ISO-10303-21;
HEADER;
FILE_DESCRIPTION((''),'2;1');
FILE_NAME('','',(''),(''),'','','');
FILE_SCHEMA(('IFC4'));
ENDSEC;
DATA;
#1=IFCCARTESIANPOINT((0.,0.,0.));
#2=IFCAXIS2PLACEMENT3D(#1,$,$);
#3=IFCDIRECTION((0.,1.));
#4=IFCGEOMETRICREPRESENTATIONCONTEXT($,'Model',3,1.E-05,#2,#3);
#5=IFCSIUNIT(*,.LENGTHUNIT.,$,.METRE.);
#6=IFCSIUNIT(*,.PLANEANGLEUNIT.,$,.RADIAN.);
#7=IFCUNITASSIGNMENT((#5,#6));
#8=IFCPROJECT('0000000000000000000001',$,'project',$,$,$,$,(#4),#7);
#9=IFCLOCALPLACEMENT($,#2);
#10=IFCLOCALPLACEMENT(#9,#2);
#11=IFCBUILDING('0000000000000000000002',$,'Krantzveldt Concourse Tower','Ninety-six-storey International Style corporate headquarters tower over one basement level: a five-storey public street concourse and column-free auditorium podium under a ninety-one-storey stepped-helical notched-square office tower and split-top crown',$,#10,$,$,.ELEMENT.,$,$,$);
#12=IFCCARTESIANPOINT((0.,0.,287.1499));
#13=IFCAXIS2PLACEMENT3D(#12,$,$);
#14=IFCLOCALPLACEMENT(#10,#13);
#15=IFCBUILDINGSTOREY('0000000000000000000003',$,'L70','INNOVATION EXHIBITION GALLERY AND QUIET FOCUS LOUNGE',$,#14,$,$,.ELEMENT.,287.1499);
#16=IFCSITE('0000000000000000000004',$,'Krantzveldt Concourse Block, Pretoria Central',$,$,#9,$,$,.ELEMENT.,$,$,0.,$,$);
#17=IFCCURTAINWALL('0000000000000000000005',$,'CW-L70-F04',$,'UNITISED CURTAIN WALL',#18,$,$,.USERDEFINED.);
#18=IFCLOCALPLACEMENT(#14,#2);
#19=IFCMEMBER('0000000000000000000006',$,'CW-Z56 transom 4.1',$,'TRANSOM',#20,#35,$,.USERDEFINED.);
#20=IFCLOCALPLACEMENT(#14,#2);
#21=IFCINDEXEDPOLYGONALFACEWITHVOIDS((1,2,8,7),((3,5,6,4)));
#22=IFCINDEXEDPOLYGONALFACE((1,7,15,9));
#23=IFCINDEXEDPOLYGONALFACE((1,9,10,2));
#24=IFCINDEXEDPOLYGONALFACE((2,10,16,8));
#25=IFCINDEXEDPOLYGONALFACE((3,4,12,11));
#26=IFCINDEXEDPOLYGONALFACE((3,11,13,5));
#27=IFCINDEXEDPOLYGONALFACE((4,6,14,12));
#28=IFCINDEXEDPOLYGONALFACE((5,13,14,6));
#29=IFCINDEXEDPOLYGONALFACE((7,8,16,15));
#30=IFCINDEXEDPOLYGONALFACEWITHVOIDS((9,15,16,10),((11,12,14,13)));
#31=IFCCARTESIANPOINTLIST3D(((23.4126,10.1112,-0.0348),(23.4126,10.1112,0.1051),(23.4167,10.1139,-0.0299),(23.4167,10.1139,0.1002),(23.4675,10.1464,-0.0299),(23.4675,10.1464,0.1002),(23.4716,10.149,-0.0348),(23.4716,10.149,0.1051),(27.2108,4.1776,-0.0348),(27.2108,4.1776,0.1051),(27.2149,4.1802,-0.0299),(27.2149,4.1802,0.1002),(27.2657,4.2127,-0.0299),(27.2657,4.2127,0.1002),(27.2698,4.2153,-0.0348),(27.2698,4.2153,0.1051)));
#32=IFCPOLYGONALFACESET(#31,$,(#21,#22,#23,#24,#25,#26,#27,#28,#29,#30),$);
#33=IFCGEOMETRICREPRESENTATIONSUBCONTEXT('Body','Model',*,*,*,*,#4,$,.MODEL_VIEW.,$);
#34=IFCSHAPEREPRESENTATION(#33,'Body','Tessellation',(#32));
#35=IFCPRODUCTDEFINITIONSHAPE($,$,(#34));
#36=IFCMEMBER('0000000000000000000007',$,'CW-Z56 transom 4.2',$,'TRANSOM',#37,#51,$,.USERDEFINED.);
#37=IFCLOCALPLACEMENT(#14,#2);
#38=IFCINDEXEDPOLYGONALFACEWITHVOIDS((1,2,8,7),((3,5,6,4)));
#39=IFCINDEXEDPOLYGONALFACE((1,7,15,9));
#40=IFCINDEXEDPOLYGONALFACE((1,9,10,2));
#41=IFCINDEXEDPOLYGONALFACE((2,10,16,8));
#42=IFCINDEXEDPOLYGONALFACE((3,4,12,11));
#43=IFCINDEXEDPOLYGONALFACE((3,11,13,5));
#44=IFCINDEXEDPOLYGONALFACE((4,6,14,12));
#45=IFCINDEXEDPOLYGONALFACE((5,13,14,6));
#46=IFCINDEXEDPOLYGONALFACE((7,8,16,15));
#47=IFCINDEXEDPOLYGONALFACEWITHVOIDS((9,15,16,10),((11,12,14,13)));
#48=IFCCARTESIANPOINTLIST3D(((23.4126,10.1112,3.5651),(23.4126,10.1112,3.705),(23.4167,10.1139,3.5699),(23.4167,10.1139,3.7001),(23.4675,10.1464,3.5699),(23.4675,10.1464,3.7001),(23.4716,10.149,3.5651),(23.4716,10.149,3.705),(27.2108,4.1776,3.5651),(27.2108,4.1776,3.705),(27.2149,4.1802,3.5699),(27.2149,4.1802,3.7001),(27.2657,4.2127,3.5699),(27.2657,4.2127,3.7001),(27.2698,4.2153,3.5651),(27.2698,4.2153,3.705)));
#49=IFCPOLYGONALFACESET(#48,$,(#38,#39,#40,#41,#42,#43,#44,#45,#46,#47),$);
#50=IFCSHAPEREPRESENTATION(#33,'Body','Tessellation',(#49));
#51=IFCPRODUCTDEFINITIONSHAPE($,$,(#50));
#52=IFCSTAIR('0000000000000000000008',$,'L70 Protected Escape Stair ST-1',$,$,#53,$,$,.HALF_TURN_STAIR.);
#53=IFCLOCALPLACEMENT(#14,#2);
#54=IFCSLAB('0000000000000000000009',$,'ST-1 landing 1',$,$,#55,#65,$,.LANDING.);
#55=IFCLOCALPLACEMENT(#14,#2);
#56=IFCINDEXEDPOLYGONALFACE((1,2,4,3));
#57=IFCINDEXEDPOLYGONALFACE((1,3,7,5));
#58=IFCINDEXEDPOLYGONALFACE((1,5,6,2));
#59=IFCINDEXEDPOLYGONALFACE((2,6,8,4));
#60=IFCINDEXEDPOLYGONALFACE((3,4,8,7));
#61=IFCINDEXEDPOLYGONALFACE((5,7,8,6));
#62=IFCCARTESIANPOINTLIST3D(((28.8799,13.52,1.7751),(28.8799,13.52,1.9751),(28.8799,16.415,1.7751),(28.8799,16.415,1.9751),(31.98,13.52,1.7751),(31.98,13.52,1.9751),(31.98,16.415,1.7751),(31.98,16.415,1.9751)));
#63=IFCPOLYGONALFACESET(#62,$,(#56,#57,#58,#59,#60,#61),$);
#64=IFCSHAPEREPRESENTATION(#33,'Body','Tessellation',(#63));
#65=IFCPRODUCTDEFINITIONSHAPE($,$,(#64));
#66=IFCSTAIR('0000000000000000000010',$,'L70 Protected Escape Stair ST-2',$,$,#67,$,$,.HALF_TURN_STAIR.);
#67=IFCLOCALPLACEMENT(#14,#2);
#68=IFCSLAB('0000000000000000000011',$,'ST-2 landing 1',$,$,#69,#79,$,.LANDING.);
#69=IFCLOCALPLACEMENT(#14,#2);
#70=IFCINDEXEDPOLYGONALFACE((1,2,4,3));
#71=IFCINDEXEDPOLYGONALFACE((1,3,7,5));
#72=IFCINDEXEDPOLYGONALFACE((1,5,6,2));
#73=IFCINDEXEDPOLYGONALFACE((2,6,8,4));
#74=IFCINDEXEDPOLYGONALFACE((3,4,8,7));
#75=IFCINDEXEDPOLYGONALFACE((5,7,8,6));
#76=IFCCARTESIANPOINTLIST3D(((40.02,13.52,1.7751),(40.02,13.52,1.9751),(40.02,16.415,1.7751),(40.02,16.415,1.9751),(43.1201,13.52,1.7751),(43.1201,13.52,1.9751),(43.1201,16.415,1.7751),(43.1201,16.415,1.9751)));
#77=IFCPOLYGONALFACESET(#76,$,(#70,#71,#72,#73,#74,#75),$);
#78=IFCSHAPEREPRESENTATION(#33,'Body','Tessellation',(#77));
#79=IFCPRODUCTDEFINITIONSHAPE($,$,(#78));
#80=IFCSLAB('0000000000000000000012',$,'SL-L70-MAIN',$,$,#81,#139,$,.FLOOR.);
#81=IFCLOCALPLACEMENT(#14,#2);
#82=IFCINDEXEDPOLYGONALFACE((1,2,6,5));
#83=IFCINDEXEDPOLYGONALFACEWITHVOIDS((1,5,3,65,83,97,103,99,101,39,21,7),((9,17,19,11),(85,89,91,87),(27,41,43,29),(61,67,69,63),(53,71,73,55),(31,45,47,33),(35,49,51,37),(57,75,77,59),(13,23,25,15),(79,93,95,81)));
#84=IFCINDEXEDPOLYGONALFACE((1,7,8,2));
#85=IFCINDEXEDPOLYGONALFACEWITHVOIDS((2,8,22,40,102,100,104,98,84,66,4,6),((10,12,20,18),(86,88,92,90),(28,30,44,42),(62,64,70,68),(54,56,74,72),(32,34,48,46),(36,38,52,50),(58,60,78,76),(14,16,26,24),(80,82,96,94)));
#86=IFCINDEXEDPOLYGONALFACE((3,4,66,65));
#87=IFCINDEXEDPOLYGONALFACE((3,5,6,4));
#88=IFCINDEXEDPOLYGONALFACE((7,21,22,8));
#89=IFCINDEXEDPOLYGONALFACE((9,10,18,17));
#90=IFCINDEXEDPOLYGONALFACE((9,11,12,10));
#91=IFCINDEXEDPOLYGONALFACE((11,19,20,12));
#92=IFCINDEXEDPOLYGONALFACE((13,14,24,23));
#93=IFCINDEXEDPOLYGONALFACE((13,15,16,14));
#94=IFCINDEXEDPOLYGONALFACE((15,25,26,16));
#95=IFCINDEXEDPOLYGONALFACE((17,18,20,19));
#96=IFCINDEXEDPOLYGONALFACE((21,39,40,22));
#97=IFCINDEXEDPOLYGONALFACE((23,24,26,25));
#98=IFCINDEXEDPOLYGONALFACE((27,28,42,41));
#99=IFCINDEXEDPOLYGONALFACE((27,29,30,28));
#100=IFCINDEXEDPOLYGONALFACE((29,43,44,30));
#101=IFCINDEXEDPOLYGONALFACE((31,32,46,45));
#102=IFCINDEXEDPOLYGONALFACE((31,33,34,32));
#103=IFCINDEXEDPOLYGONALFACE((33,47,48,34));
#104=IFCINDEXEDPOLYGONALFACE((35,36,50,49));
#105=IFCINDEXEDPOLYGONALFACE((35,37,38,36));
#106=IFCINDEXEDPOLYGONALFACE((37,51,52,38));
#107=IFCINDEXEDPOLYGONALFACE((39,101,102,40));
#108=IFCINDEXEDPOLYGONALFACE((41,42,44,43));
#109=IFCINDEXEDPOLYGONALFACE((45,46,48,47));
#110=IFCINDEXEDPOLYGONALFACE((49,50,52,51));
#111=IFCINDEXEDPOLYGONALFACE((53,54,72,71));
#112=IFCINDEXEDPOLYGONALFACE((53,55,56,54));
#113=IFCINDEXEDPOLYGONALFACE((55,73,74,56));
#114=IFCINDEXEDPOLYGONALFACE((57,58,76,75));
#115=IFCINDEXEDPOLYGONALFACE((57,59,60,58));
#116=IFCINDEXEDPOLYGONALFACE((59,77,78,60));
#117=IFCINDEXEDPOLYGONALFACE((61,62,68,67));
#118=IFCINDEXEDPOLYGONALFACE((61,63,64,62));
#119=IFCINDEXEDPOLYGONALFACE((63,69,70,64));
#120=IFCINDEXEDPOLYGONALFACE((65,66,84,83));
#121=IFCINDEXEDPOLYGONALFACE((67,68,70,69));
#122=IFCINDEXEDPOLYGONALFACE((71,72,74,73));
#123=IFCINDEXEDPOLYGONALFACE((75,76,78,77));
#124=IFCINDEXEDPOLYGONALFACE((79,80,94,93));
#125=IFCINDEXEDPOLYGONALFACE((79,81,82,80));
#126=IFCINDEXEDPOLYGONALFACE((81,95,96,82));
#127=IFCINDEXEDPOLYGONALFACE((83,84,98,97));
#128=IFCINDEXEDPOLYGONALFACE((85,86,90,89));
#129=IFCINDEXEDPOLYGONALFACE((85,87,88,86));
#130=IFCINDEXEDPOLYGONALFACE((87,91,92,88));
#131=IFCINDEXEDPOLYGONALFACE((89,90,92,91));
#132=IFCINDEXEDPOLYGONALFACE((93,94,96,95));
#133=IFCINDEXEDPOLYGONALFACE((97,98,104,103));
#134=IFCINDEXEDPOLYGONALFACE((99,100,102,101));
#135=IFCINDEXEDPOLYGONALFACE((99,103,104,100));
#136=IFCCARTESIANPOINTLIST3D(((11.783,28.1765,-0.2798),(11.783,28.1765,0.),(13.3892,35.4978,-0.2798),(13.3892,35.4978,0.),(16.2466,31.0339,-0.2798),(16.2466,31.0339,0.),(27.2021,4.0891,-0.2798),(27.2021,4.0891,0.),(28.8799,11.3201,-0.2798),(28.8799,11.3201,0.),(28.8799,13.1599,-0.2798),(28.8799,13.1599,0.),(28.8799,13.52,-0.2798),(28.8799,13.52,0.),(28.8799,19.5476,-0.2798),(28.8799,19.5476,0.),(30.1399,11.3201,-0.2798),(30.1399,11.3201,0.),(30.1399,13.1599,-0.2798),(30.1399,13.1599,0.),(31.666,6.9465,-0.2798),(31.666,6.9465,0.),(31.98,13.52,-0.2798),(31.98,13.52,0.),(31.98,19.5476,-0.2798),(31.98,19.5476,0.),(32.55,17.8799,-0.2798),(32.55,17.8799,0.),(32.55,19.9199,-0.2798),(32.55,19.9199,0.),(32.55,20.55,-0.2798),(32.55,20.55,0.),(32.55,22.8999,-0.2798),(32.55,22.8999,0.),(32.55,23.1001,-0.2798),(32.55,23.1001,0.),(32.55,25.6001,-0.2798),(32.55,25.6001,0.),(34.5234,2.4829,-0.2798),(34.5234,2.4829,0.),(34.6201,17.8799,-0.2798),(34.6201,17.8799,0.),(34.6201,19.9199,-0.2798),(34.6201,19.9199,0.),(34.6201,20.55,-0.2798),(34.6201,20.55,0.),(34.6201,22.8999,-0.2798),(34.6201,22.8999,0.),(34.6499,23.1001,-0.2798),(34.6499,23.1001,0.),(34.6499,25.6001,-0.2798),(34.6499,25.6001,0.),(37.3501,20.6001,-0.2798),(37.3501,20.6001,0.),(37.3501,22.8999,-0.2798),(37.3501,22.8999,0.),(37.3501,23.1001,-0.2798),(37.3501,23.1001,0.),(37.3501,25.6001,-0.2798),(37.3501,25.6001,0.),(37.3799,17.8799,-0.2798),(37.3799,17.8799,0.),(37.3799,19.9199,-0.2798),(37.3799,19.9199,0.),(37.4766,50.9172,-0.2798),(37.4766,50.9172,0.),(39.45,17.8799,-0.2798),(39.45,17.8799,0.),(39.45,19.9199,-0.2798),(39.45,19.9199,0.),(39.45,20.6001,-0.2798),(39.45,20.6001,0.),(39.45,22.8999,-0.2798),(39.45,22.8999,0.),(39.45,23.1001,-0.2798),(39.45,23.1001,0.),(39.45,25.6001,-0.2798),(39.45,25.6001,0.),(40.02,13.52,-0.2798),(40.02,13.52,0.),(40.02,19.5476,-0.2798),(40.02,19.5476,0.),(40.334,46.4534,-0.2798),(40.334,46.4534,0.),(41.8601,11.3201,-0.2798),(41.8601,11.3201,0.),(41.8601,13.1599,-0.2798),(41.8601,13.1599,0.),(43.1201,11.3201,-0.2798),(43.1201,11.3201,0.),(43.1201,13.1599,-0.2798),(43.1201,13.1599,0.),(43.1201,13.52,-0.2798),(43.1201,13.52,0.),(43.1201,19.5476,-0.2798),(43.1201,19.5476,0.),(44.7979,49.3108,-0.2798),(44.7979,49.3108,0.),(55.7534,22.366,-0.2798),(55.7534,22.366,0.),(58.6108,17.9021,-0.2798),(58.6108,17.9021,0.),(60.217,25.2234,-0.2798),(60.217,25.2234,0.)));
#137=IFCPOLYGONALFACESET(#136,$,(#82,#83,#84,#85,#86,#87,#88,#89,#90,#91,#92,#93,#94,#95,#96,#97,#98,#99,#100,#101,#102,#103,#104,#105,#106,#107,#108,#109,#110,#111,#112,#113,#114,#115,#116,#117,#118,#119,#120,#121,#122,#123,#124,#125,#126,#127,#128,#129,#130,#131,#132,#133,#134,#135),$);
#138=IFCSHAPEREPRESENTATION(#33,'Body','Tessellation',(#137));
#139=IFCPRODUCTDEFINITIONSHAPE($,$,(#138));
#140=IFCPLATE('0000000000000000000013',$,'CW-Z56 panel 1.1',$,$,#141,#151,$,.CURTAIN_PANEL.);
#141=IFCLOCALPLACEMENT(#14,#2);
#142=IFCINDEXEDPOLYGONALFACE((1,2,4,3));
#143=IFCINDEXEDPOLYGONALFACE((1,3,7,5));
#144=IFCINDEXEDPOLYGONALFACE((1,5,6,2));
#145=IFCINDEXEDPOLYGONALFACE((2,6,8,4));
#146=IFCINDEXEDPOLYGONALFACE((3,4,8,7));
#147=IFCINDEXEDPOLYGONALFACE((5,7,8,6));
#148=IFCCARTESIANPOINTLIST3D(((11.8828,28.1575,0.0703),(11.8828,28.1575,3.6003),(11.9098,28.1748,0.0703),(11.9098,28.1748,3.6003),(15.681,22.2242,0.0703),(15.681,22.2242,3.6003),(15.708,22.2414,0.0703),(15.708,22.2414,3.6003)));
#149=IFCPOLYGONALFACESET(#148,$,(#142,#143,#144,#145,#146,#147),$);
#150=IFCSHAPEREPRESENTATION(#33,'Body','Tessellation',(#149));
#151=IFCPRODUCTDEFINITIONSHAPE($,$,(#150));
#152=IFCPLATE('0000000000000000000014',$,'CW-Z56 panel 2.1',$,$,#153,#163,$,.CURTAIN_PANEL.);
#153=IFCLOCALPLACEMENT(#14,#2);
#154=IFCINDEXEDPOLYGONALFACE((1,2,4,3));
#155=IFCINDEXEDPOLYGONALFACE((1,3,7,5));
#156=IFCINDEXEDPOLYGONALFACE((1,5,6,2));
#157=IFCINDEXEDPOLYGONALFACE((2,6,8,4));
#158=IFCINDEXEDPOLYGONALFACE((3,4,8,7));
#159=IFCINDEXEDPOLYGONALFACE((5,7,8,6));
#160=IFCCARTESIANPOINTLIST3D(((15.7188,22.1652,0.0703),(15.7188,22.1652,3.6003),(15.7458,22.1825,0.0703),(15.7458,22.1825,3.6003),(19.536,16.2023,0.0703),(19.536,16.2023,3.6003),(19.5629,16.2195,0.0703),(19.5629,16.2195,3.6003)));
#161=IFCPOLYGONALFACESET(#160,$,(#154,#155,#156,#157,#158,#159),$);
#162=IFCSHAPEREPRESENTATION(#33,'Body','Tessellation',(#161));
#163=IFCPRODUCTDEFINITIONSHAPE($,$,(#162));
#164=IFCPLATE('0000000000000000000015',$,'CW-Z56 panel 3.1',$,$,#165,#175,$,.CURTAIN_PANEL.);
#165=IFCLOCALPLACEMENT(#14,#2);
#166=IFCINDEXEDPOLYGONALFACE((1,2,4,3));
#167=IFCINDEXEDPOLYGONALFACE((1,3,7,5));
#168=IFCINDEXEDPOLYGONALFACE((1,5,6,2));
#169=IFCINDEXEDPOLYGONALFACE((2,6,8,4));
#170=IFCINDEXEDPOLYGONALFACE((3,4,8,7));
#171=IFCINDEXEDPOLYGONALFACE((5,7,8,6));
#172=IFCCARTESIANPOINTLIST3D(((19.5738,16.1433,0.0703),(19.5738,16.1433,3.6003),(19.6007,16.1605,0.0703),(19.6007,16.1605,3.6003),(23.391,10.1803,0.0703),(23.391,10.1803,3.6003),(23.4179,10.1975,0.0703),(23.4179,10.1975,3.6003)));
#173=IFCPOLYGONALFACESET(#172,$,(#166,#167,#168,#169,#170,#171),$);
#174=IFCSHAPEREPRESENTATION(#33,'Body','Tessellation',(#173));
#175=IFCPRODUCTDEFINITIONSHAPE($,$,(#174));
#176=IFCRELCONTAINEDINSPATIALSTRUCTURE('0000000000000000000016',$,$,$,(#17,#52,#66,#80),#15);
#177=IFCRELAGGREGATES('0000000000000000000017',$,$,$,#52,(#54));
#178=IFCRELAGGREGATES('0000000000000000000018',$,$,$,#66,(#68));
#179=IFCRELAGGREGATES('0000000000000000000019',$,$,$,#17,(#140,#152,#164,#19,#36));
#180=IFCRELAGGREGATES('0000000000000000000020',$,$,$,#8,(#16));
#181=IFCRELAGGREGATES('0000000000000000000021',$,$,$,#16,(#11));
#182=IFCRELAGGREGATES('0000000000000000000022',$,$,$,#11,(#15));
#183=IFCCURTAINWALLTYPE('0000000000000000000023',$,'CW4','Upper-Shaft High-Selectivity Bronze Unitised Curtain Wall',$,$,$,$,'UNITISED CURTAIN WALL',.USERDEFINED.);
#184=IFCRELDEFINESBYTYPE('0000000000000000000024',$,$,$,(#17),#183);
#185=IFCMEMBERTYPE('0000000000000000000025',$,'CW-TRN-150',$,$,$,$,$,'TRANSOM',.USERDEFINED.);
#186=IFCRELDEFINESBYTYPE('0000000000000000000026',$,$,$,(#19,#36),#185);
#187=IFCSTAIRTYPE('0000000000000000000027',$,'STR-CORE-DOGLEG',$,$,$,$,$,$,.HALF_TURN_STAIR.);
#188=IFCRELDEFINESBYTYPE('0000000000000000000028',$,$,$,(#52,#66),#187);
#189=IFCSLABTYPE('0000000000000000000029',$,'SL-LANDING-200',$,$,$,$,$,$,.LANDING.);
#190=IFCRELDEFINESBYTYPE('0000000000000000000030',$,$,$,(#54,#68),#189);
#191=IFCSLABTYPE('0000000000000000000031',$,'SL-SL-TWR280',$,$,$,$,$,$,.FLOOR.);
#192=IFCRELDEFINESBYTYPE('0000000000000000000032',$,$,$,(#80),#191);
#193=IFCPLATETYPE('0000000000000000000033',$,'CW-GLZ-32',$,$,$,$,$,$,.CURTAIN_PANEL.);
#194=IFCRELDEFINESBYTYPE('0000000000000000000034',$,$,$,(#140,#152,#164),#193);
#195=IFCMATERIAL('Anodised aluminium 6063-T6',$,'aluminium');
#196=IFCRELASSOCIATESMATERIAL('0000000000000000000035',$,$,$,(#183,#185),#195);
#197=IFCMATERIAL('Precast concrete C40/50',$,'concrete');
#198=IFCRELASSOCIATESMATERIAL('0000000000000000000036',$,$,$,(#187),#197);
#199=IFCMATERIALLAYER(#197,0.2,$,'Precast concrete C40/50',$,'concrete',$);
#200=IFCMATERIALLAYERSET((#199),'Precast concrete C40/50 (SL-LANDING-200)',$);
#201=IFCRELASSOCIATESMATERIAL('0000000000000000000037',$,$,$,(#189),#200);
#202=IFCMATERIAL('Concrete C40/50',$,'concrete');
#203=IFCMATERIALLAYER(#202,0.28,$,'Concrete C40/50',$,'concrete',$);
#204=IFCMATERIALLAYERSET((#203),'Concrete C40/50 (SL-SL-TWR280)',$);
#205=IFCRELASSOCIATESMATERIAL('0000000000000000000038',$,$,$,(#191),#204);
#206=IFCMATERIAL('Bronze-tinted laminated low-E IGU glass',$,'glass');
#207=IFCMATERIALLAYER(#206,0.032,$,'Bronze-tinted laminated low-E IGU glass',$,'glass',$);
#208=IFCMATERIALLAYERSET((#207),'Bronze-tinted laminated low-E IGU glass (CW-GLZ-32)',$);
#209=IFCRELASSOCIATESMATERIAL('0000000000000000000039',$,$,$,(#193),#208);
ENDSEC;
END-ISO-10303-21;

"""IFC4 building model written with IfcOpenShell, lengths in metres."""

from ifc_helpers import new_model, si_unit, direction, frame, origin, origin_2d, place, context, subcontext, project, spatial, polyline, rectangle, hollow_rectangle, outline, extrude, source, transform, mapped, material, layer, layer_set, material_profile, profile_set, type_object, type_shapes, element, aggregate, save


model = new_model("IFC4")

# Units and contexts
model_context = context("Model", 3, precision=1e-05, world=origin(), true_north=direction((0.0, 1.0)))
body_context = subcontext(model_context, "Body", "Model", "MODEL_VIEW")
ifc_project = project(units=[si_unit("LENGTHUNIT", "METRE"), si_unit("PLANEANGLEUNIT", "RADIAN")], contexts=[model_context])

# Site, building, storey
site_placement = place(None, origin())
site = spatial("IfcSite", under=ifc_project, at=site_placement, Name="Krantzveldt Concourse Block, Pretoria Central", CompositionType="ELEMENT", RefElevation=0.0)
building_placement = place(site_placement, origin())
building = spatial("IfcBuilding", under=site, at=building_placement, Name="Krantzveldt Concourse Tower", Description="Ninety-six-storey International Style corporate headquarters tower over one basement level: a five-storey public street concourse and column-free auditorium podium under a ninety-one-storey stepped-helical notched-square office tower and split-top crown", CompositionType="ELEMENT")
storey_placement = place(building_placement, frame((0.0, 0.0, 287.1499)))
storey = spatial("IfcBuildingStorey", under=building, at=storey_placement, Name="L70", Description="INNOVATION EXHIBITION GALLERY AND QUIET FOCUS LOUNGE", CompositionType="ELEMENT", Elevation=287.1499)

# Curtain wall, members
ifc_material_1 = material(Name="Anodised aluminium 6063-T6", Category="aluminium")
curtain_wall_type = type_object("IfcCurtainWallType", Name="CW4", Description="Upper-Shaft High-Selectivity Bronze Unitised Curtain Wall", ElementType="UNITISED CURTAIN WALL", PredefinedType="USERDEFINED", material=ifc_material_1)
curtain_wall_placement = place(storey_placement, origin())
curtain_wall = element("IfcCurtainWall", 1, at=curtain_wall_placement, inside=storey, type_object=curtain_wall_type, Name="CW-L70-F04", ObjectType="UNITISED CURTAIN WALL", PredefinedType="USERDEFINED")
ifc_material_profile_1 = material_profile(ifc_material_1, hollow_rectangle(XDim=0.0701, YDim=0.1399, WallThickness=0.0049, at=origin_2d()), Name="Anodised aluminium 6063-T6", Category="aluminium")
ifc_profile_set_1 = profile_set([ifc_material_profile_1], Name="Anodised aluminium 6063-T6 - ALU-TRAN 140x70x5")
member_type_1 = type_object("IfcMemberType", Name="CW-TRN-150", ElementType="TRANSOM", PredefinedType="USERDEFINED", material=ifc_profile_set_1)
shared_shape_1 = source(origin(), body_context, "Body", "SweptSolid", [
    extrude(hollow_rectangle(XDim=0.0701, YDim=0.1399, WallThickness=0.0049, at=origin_2d()), origin(), (0.0, 0.0, 1.0), 7.0452),
])
member_1_placement = place(storey_placement, frame((23.4421, 10.1301, 0.0352), z_axis=(0.539114, -0.842233, 0.0), x_axis=(0.842233, 0.539114, 0.0)))
member_1 = element("IfcMember", 2, at=member_1_placement, type_object=member_type_1, Name="CW-Z56 transom 4.1", ObjectType="TRANSOM", PredefinedType="USERDEFINED", context=body_context, shape_type="MappedRepresentation", body=[
    mapped(shared_shape_1, transform((0.0, 0.0, 0.0), x_axis=(1.0, 0.0, 0.0), y_axis=(0.0, 1.0, 0.0), z_axis=(0.0, 0.0, 1.0), scale=1.0)),
])
member_2_placement = place(storey_placement, frame((23.4421, 10.1301, 3.635), z_axis=(0.539114, -0.842233, 0.0), x_axis=(0.842233, 0.539114, 0.0)))
member_2 = element("IfcMember", 3, at=member_2_placement, type_object=member_type_1, Name="CW-Z56 transom 4.2", ObjectType="TRANSOM", PredefinedType="USERDEFINED", context=body_context, shape_type="MappedRepresentation", body=[
    mapped(shared_shape_1, transform((0.0, 0.0, 0.0), x_axis=(1.0, 0.0, 0.0), y_axis=(0.0, 1.0, 0.0), z_axis=(0.0, 0.0, 1.0), scale=1.0)),
])

# Stairs, slabs
ifc_material_2 = material(Name="Precast concrete C40/50", Category="concrete")
stair_type = type_object("IfcStairType", Name="STR-CORE-DOGLEG", PredefinedType="HALF_TURN_STAIR", material=ifc_material_2)
stair_1_placement = place(storey_placement, origin())
stair_1 = element("IfcStair", 4, at=stair_1_placement, inside=storey, type_object=stair_type, Name="L70 Protected Escape Stair ST-1", PredefinedType="HALF_TURN_STAIR")
ifc_layer_1 = layer(ifc_material_2, 0.2, Name="Precast concrete C40/50", Category="concrete")
ifc_layer_set_1 = layer_set([ifc_layer_1], Name="Precast concrete C40/50 (SL-LANDING-200)")
slab_type_1 = type_object("IfcSlabType", Name="SL-LANDING-200", PredefinedType="LANDING", material=ifc_layer_set_1)
slab_1_placement = place(storey_placement, frame((0.0, 0.0, 1.7751)))
slab_1 = element("IfcSlab", 5, at=slab_1_placement, type_object=slab_type_1, Name="ST-1 landing 1", PredefinedType="LANDING", context=body_context, shape_type="SweptSolid", body=[
    extrude(outline(polyline([(28.8799, 16.415), (28.8799, 13.52), (31.98, 13.52), (31.98, 16.415), (28.8799, 16.415)])), origin(), (0.0, 0.0, 1.0), 0.2),
])
aggregate(stair_1, [slab_1])
stair_2_placement = place(storey_placement, origin())
stair_2 = element("IfcStair", 6, at=stair_2_placement, inside=storey, type_object=stair_type, Name="L70 Protected Escape Stair ST-2", PredefinedType="HALF_TURN_STAIR")
slab_2_placement = place(storey_placement, frame((0.0, 0.0, 1.7751)))
slab_2 = element("IfcSlab", 7, at=slab_2_placement, type_object=slab_type_1, Name="ST-2 landing 1", PredefinedType="LANDING", context=body_context, shape_type="SweptSolid", body=[
    extrude(outline(polyline([(40.02, 16.415), (40.02, 13.52), (43.1201, 13.52), (43.1201, 16.415), (40.02, 16.415)])), origin(), (0.0, 0.0, 1.0), 0.2),
])
aggregate(stair_2, [slab_2])

# Slab
ifc_material_3 = material(Name="Concrete C40/50", Category="concrete")
ifc_layer_2 = layer(ifc_material_3, 0.28, Name="Concrete C40/50", Category="concrete")
ifc_layer_set_2 = layer_set([ifc_layer_2], Name="Concrete C40/50 (SL-SL-TWR280)")
slab_type_2 = type_object("IfcSlabType", Name="SL-SL-TWR280", PredefinedType="FLOOR", material=ifc_layer_set_2)
slab_3_placement = place(storey_placement, frame((0.0, 0.0, -0.2798)))
element("IfcSlab", 8, at=slab_3_placement, inside=storey, type_object=slab_type_2, Name="SL-L70-MAIN", PredefinedType="FLOOR", context=body_context, shape_type="SweptSolid", body=[
    extrude(outline(polyline([(40.334, 46.4534), (37.4766, 50.9172), (13.3892, 35.4978), (16.2466, 31.0339), (11.783, 28.1765), (27.2021, 4.0891), (31.666, 6.9465), (34.5234, 2.4829), (58.6108, 17.9021), (55.7534, 22.366), (60.217, 25.2234), (44.7979, 49.3108), (40.334, 46.4534)]), holes=[polyline([(28.8799, 19.5476), (28.8799, 13.52), (31.98, 13.52), (31.98, 19.5476), (28.8799, 19.5476)]), polyline([(40.02, 19.5476), (40.02, 13.52), (43.1201, 13.52), (43.1201, 19.5476), (40.02, 19.5476)]), polyline([(32.55, 23.1001), (34.6499, 23.1001), (34.6499, 25.6001), (32.55, 25.6001), (32.55, 23.1001)]), polyline([(37.3501, 23.1001), (39.45, 23.1001), (39.45, 25.6001), (37.3501, 25.6001), (37.3501, 23.1001)]), polyline([(37.3501, 20.6001), (39.45, 20.6001), (39.45, 22.8999), (37.3501, 22.8999), (37.3501, 20.6001)]), polyline([(32.55, 20.55), (34.6201, 20.55), (34.6201, 22.8999), (32.55, 22.8999), (32.55, 20.55)]), polyline([(32.55, 17.8799), (34.6201, 17.8799), (34.6201, 19.9199), (32.55, 19.9199), (32.55, 17.8799)]), polyline([(37.3799, 17.8799), (39.45, 17.8799), (39.45, 19.9199), (37.3799, 19.9199), (37.3799, 17.8799)]), polyline([(28.8799, 11.3201), (30.1399, 11.3201), (30.1399, 13.1599), (28.8799, 13.1599), (28.8799, 11.3201)]), polyline([(41.8601, 11.3201), (43.1201, 11.3201), (43.1201, 13.1599), (41.8601, 13.1599), (41.8601, 11.3201)])]), origin(), (0.0, 0.0, 1.0), 0.2798),
])

# Plates
ifc_material_4 = material(Name="Bronze-tinted laminated low-E IGU glass", Category="glass")
ifc_layer_3 = layer(ifc_material_4, 0.032, Name="Bronze-tinted laminated low-E IGU glass", Category="glass")
ifc_layer_set_3 = layer_set([ifc_layer_3], Name="Bronze-tinted laminated low-E IGU glass (CW-GLZ-32)")
plate_type = type_object("IfcPlateType", Name="CW-GLZ-32", PredefinedType="CURTAIN_PANEL", material=ifc_layer_set_3)
shared_shape_2 = source(origin(), body_context, "Body", "SweptSolid", [
    extrude(rectangle(XDim=7.0449, YDim=0.032, at=origin_2d()), origin(), (0.0, 0.0, 1.0), 3.53),
])
plate_1_placement = place(storey_placement, frame((13.7954, 25.1995, 0.0703), z_axis=(0.0, 0.0, 1.0), x_axis=(0.539138, -0.842217, 0.0)))
plate_1 = element("IfcPlate", 9, at=plate_1_placement, type_object=plate_type, Name="CW-Z56 panel 1.1", PredefinedType="CURTAIN_PANEL", context=body_context, shape_type="MappedRepresentation", body=[
    mapped(shared_shape_2, transform((0.0, 0.0, 0.0), x_axis=(1.0, 0.0, 0.0), y_axis=(0.0, 1.0, 0.0), z_axis=(0.0, 0.0, 1.0), scale=1.0)),
])
shared_shape_3 = source(origin(), body_context, "Body", "SweptSolid", [
    extrude(rectangle(XDim=7.0801, YDim=0.032, at=origin_2d()), origin(), (0.0, 0.0, 1.0), 3.53),
])
type_shapes(plate_type, [shared_shape_2, shared_shape_3])
plate_2_placement = place(storey_placement, frame((17.6409, 19.1924, 0.0703), z_axis=(0.0, 0.0, 1.0), x_axis=(0.539138, -0.842217, 0.0)))
plate_2 = element("IfcPlate", 10, at=plate_2_placement, type_object=plate_type, Name="CW-Z56 panel 2.1", PredefinedType="CURTAIN_PANEL", context=body_context, shape_type="MappedRepresentation", body=[
    mapped(shared_shape_3, transform((0.0, 0.0, 0.0), x_axis=(1.0, 0.0, 0.0), y_axis=(0.0, 1.0, 0.0), z_axis=(0.0, 0.0, 1.0), scale=1.0)),
])
plate_3_placement = place(storey_placement, frame((21.4958, 13.1704, 0.0703), z_axis=(0.0, 0.0, 1.0), x_axis=(0.539138, -0.842217, 0.0)))
plate_3 = element("IfcPlate", 11, at=plate_3_placement, type_object=plate_type, Name="CW-Z56 panel 3.1", PredefinedType="CURTAIN_PANEL", context=body_context, shape_type="MappedRepresentation", body=[
    mapped(shared_shape_3, transform((0.0, 0.0, 0.0), x_axis=(1.0, 0.0, 0.0), y_axis=(0.0, 1.0, 0.0), z_axis=(0.0, 0.0, 1.0), scale=1.0)),
])
aggregate(curtain_wall, [plate_1, plate_2, plate_3, member_1, member_2])

save(model, "model.ifc")
